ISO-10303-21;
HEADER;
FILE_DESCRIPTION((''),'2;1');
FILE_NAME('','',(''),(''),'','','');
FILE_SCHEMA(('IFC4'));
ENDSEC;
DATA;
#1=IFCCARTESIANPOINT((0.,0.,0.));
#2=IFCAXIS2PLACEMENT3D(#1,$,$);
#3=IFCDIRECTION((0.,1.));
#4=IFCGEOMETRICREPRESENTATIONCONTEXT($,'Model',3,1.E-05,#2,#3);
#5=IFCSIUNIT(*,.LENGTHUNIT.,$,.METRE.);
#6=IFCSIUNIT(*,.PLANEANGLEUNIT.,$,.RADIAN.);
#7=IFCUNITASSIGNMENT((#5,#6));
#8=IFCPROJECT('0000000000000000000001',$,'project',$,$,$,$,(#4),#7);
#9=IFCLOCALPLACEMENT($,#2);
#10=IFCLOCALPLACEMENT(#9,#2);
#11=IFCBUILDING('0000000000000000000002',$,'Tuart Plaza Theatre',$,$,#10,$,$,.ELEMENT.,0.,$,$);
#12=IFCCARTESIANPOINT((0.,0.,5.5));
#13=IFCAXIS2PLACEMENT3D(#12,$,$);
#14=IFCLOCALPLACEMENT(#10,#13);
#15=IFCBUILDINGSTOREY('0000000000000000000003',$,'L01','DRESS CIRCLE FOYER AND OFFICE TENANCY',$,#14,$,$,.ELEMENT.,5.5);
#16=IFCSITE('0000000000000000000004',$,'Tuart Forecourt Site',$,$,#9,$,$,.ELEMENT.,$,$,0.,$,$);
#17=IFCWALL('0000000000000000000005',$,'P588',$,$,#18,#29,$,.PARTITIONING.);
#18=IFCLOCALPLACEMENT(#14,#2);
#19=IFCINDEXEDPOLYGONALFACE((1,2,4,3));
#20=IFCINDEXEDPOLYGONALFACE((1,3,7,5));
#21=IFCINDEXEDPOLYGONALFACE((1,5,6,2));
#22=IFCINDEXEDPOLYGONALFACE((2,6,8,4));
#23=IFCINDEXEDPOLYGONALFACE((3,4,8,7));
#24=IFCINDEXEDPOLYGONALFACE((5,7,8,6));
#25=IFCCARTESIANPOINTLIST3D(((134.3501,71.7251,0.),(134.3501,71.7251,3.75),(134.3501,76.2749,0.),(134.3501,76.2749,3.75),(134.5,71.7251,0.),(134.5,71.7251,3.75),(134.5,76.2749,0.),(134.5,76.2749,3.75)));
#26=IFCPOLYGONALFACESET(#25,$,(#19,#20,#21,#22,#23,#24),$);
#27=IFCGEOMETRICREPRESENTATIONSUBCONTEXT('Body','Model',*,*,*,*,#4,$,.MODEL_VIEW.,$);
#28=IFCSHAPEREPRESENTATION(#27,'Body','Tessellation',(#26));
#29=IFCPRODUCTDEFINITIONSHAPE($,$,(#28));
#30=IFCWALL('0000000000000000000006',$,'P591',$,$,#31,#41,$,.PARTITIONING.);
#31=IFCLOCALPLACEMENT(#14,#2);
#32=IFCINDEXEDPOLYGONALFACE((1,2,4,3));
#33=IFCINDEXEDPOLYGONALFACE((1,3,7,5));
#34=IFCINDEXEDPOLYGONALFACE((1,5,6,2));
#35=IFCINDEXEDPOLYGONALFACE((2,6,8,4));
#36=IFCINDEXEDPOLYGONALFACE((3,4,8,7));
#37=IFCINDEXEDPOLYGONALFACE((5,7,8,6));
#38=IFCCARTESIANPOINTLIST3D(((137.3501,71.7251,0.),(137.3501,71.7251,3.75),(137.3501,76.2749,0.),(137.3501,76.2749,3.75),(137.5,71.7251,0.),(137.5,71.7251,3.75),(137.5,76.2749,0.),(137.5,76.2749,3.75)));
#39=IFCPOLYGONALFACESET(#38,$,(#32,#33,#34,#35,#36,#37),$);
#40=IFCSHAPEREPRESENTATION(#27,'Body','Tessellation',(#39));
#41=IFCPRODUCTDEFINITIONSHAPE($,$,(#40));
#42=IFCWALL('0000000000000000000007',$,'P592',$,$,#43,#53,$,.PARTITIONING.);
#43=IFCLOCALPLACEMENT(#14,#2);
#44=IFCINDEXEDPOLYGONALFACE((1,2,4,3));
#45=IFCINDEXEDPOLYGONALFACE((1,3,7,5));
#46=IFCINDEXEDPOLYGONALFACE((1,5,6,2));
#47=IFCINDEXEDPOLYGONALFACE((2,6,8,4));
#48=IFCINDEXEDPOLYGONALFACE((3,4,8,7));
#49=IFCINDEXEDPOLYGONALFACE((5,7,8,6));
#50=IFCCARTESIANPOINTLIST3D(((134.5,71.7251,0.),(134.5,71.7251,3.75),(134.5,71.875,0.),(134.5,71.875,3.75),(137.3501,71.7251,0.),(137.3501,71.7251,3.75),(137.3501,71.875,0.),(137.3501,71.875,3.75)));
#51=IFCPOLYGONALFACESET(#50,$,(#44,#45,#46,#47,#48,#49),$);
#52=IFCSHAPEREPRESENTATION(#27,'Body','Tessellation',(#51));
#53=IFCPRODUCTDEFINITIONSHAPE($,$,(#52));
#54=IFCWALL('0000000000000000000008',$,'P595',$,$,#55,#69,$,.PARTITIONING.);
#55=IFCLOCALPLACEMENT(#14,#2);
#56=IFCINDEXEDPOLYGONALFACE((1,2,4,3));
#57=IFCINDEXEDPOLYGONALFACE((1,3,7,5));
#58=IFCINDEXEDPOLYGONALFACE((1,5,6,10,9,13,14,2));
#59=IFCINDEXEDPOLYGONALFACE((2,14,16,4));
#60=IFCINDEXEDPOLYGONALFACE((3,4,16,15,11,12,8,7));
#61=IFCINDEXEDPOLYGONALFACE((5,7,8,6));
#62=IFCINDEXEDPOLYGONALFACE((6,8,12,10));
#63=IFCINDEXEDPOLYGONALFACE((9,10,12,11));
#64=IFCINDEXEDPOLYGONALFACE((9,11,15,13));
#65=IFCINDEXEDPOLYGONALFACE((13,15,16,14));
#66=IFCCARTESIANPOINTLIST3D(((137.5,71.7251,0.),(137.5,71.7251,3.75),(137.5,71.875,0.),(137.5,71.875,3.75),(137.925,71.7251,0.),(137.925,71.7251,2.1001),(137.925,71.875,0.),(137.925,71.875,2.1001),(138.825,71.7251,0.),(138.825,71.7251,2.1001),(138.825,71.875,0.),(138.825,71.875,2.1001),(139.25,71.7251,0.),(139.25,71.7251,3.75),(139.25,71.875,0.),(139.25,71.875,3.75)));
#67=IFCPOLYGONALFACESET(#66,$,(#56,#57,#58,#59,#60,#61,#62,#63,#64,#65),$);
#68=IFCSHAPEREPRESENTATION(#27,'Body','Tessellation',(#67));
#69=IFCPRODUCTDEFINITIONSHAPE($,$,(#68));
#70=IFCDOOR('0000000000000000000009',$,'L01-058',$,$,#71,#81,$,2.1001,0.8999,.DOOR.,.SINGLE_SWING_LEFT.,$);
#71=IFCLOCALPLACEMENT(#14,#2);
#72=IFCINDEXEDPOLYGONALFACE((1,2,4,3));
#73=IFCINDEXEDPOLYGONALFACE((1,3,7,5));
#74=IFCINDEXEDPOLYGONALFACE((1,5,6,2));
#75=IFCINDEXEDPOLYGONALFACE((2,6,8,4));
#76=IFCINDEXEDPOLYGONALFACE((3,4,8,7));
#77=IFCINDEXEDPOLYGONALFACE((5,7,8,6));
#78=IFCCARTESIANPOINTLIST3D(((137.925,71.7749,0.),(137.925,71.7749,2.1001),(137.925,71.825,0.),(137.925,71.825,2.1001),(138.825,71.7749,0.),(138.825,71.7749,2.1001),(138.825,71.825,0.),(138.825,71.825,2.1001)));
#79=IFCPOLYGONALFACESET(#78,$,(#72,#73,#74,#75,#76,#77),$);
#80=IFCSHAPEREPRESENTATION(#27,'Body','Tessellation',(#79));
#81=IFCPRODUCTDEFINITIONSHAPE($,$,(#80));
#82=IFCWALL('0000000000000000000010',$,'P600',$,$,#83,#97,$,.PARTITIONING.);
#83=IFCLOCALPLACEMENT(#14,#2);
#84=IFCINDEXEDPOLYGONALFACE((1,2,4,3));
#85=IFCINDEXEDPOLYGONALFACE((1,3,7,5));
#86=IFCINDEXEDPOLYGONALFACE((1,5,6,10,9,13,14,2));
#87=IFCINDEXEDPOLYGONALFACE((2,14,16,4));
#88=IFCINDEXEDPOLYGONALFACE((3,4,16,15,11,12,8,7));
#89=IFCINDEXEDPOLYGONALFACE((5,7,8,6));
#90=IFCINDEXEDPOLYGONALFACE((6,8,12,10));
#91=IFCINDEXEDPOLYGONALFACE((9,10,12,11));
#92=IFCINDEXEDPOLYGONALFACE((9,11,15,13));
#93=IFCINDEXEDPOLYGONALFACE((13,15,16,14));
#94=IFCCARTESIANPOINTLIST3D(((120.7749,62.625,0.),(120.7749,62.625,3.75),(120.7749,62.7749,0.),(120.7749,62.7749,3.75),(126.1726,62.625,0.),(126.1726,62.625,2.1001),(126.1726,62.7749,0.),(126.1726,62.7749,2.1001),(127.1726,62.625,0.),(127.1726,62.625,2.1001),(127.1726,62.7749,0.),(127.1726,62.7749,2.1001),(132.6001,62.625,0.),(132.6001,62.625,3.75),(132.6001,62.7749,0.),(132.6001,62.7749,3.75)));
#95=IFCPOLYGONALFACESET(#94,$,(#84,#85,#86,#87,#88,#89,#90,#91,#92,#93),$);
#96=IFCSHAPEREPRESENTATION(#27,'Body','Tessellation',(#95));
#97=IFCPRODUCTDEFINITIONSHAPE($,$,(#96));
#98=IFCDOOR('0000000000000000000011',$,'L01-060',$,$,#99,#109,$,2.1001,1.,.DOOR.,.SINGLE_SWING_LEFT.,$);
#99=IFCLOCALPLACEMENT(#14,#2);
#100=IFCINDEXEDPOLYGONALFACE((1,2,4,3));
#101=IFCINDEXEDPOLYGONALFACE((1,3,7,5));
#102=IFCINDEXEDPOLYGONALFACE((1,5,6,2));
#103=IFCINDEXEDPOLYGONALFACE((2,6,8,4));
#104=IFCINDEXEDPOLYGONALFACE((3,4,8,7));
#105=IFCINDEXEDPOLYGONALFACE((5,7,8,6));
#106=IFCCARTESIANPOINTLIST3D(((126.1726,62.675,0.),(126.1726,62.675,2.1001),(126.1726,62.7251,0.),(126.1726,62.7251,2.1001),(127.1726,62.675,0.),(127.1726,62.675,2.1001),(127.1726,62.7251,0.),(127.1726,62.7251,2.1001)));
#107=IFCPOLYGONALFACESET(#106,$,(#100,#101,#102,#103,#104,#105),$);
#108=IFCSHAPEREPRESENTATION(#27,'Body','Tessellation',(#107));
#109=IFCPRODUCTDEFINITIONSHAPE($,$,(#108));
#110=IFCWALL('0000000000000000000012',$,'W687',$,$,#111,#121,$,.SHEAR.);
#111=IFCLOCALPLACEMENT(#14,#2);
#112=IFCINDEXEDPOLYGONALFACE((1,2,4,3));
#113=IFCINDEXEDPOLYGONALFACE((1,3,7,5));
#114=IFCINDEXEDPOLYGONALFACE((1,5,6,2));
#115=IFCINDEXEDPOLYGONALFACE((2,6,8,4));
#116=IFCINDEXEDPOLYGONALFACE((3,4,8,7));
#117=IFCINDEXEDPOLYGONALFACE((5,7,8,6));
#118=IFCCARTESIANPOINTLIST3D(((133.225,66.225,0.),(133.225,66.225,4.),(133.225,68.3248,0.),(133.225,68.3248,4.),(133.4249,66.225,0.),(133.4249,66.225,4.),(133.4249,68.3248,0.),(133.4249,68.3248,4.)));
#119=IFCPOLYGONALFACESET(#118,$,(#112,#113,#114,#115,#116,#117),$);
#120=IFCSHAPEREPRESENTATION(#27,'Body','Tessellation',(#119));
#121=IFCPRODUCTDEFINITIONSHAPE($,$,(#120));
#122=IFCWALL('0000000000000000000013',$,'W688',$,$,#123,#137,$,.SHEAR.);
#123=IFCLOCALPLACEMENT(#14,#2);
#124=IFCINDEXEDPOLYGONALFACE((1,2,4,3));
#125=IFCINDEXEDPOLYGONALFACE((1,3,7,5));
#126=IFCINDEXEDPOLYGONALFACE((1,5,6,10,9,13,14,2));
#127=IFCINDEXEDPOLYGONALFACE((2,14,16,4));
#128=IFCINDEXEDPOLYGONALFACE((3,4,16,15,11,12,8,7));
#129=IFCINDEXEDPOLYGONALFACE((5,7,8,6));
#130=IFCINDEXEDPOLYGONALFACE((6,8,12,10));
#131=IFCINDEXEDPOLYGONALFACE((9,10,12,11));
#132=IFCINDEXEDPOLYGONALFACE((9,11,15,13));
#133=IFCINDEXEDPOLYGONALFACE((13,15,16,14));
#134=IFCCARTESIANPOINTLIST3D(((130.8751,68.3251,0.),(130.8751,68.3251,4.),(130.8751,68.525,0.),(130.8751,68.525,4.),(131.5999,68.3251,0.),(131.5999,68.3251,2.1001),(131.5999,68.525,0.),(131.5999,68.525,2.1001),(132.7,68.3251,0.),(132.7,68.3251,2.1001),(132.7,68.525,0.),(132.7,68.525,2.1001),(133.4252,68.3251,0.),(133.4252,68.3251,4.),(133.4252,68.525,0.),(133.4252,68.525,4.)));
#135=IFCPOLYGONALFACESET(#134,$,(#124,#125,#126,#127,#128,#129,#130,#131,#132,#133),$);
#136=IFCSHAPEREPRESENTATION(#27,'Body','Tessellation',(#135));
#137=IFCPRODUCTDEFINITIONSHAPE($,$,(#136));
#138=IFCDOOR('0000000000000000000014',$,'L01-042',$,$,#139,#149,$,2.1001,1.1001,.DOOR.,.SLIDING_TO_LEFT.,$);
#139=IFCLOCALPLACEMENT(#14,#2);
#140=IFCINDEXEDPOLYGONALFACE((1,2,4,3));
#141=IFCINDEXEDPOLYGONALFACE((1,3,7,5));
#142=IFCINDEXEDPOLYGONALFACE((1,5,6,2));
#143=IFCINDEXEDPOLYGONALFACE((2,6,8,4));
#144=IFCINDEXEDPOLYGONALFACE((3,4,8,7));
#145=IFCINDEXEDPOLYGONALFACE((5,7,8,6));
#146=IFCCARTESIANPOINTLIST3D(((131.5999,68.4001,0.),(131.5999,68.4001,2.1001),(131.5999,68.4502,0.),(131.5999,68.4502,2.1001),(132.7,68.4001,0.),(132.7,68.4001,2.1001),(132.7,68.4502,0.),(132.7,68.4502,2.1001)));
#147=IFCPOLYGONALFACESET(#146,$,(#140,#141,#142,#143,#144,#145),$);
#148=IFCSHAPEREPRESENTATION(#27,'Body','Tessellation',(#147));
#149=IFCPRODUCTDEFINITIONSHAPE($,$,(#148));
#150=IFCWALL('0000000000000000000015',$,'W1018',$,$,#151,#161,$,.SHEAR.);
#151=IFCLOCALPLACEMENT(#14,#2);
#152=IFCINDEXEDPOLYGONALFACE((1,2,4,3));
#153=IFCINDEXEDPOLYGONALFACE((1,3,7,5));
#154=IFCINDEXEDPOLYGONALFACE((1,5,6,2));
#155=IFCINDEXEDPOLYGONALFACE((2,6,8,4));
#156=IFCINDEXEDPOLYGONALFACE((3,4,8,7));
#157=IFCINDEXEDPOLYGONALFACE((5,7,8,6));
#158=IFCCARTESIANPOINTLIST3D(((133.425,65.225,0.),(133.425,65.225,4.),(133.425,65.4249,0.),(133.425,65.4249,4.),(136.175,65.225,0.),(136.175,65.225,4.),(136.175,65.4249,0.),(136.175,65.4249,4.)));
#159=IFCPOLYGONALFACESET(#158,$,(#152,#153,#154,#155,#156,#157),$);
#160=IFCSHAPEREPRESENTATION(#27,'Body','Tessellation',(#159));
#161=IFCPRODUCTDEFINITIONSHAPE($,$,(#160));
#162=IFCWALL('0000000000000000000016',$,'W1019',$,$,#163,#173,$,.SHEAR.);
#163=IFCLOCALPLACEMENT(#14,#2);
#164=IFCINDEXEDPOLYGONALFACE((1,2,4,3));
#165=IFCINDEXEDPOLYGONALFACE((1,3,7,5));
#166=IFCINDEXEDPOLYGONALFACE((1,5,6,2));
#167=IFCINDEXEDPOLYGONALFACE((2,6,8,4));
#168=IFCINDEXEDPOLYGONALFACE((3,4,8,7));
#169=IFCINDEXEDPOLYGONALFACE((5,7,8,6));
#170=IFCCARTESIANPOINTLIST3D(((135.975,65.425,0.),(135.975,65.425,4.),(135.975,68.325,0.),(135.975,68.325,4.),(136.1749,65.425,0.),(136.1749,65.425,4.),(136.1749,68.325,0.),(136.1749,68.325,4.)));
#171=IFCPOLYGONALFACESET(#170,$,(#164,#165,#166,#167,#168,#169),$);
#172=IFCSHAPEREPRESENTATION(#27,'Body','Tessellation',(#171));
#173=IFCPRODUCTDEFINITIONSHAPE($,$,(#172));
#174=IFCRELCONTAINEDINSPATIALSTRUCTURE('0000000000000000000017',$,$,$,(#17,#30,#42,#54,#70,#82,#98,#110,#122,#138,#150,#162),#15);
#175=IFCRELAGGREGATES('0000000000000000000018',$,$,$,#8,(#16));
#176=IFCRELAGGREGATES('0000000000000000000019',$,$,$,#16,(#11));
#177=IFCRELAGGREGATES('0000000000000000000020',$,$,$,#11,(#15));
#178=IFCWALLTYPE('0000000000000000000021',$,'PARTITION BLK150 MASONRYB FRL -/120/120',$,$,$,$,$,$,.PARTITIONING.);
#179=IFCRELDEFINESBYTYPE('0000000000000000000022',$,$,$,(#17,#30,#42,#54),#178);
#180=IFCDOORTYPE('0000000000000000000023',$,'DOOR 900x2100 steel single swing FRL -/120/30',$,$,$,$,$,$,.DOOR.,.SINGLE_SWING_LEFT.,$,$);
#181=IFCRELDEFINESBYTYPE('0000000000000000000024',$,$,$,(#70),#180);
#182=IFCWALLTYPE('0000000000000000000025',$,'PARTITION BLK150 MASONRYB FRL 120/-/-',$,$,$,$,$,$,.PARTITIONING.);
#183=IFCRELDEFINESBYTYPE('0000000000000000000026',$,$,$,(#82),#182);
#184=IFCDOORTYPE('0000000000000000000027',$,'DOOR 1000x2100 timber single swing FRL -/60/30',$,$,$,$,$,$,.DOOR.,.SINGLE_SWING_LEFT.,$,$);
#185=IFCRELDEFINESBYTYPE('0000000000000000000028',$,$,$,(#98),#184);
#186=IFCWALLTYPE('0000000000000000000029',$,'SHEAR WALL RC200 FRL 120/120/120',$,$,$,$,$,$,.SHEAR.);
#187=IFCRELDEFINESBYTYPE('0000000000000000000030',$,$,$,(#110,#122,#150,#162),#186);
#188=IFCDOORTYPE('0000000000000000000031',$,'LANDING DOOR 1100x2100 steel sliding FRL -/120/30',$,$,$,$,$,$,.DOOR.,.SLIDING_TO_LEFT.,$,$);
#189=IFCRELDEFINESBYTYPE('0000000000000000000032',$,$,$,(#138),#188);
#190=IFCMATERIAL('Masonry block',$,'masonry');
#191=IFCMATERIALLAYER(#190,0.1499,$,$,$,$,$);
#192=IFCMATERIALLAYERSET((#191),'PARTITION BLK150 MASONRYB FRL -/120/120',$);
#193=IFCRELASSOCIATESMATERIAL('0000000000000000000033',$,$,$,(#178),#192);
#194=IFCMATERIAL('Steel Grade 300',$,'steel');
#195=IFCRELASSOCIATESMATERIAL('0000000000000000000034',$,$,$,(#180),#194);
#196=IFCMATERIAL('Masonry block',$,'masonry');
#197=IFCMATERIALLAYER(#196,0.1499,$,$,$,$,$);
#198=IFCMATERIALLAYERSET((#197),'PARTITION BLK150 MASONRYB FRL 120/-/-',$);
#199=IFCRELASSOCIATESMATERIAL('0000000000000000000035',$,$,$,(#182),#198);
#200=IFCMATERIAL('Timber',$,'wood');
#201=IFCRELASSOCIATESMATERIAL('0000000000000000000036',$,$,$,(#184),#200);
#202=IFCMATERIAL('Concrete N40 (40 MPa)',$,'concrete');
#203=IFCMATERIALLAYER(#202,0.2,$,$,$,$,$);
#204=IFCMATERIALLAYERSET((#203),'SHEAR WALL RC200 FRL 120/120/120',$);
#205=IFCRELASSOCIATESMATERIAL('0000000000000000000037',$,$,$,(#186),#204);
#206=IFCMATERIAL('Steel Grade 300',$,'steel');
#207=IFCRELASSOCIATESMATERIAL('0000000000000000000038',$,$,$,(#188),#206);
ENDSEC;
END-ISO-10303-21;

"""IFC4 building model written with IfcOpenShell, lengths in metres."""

from ifc_helpers import new_model, si_unit, direction, frame, frame_2d, origin, place, context, subcontext, project, spatial, rectangle, extrude, material, layer, layer_set, type_object, element, fill, save


model = new_model("IFC4")

# Units and contexts
model_context = context("Model", 3, precision=1e-05, world=origin(), true_north=direction((0.0, 1.0)))
body_context = subcontext(model_context, "Body", "Model", "MODEL_VIEW")
ifc_project = project(units=[si_unit("LENGTHUNIT", "METRE"), si_unit("PLANEANGLEUNIT", "RADIAN")], contexts=[model_context])

# Site, building, storey
site_placement = place(None, origin())
site = spatial("IfcSite", under=ifc_project, at=site_placement, Name="Tuart Forecourt Site", CompositionType="ELEMENT", RefElevation=0.0)
building_placement = place(site_placement, origin())
building = spatial("IfcBuilding", under=site, at=building_placement, Name="Tuart Plaza Theatre", CompositionType="ELEMENT", ElevationOfRefHeight=0.0)
storey_placement = place(building_placement, frame((0.0, 0.0, 5.5)))
storey = spatial("IfcBuildingStorey", under=building, at=storey_placement, Name="L01", Description="DRESS CIRCLE FOYER AND OFFICE TENANCY", CompositionType="ELEMENT", Elevation=5.5)

# Walls
ifc_material_1 = material(Name="Masonry block", Category="masonry")
ifc_layer_1 = layer(ifc_material_1, 0.1499)
ifc_layer_set_1 = layer_set([ifc_layer_1], Name="PARTITION BLK150 MASONRYB FRL -/120/120")
wall_type_1 = type_object("IfcWallType", Name="PARTITION BLK150 MASONRYB FRL -/120/120", PredefinedType="PARTITIONING", material=ifc_layer_set_1)
for number, where, z_axis, x_axis, name in (
    (1, (134.425, 71.7251, 0.0), (0.0, 0.0, 1.0), (0.0, 1.0, 0.0), "P588"),
    (2, (137.425, 71.7251, 0.0), (0.0, 0.0, 1.0), (0.0, 1.0, 0.0), "P591"),
):
    element("IfcWall", number, at=place(storey_placement, frame(where, z_axis=z_axis, x_axis=x_axis)), inside=storey, type_object=wall_type_1, Name=name, PredefinedType="PARTITIONING", context=body_context, shape_type="SweptSolid", body=[
        extrude(rectangle(XDim=4.5498, YDim=0.1499, at=frame_2d((2.2749, 0.0))), origin(), (0.0, 0.0, 1.0), 3.75),
    ])
wall_1_placement = place(storey_placement, frame((134.5, 71.8, 0.0), z_axis=(0.0, 0.0, 1.0), x_axis=(1.0, 0.0, 0.0)))
element("IfcWall", 3, at=wall_1_placement, inside=storey, type_object=wall_type_1, Name="P592", PredefinedType="PARTITIONING", context=body_context, shape_type="SweptSolid", body=[
    extrude(rectangle(XDim=2.8501, YDim=0.1499, at=frame_2d((1.425, 0.0))), origin(), (0.0, 0.0, 1.0), 3.75),
])

# Walls, openings, doors
wall_2_placement = place(storey_placement, frame((137.5, 71.8, 0.0), z_axis=(0.0, 0.0, 1.0), x_axis=(1.0, 0.0, 0.0)))
wall_2 = element("IfcWall", 4, at=wall_2_placement, inside=storey, type_object=wall_type_1, Name="P595", PredefinedType="PARTITIONING", context=body_context, shape_type="SweptSolid", body=[
    extrude(rectangle(XDim=1.75, YDim=0.1499, at=frame_2d((0.875, 0.0))), origin(), (0.0, 0.0, 1.0), 3.75),
])
opening_1_placement = place(wall_2_placement, frame((0.425, 0.0, 0.0)))
opening_1 = element("IfcOpeningElement", 5, at=opening_1_placement, cuts=wall_2, PredefinedType="OPENING", context=body_context, shape_type="SweptSolid", body=[
    extrude(rectangle(XDim=0.8999, YDim=2.1001, at=frame_2d((0.45, 1.05))), frame((0.0, 0.085, 0.0), z_axis=(0.0, -1.0, 0.0), x_axis=(1.0, 0.0, 0.0)), (0.0, 0.0, 1.0), 0.1699),
])
ifc_material_2 = material(Name="Steel Grade 300", Category="steel")
door_type_1 = type_object("IfcDoorType", Name="DOOR 900x2100 steel single swing FRL -/120/30", OperationType="SINGLE_SWING_LEFT", PredefinedType="DOOR", material=ifc_material_2)
door_1_placement = place(opening_1_placement, origin())
door_1 = element("IfcDoor", 6, at=door_1_placement, inside=storey, type_object=door_type_1, Name="L01-058", OperationType="SINGLE_SWING_LEFT", OverallHeight=2.1001, OverallWidth=0.8999, PredefinedType="DOOR", context=body_context, shape_type="SweptSolid", body=[
    extrude(rectangle(XDim=0.8999, YDim=2.1001, at=frame_2d((0.45, 1.05))), frame((0.0, 0.0249, 0.0), z_axis=(0.0, -1.0, 0.0), x_axis=(1.0, 0.0, 0.0)), (0.0, 0.0, 1.0), 0.05),
])
fill(opening_1, door_1)
ifc_material_3 = material(Name="Masonry block", Category="masonry")
ifc_layer_2 = layer(ifc_material_3, 0.1499)
ifc_layer_set_2 = layer_set([ifc_layer_2], Name="PARTITION BLK150 MASONRYB FRL 120/-/-")
wall_type_2 = type_object("IfcWallType", Name="PARTITION BLK150 MASONRYB FRL 120/-/-", PredefinedType="PARTITIONING", material=ifc_layer_set_2)
wall_3_placement = place(storey_placement, frame((132.6001, 62.7, 0.0), z_axis=(0.0, 0.0, 1.0), x_axis=(-1.0, 0.0, 0.0)))
wall_3 = element("IfcWall", 7, at=wall_3_placement, inside=storey, type_object=wall_type_2, Name="P600", PredefinedType="PARTITIONING", context=body_context, shape_type="SweptSolid", body=[
    extrude(rectangle(XDim=11.8252, YDim=0.1499, at=frame_2d((5.9126, 0.0))), origin(), (0.0, 0.0, 1.0), 3.75),
])
opening_2_placement = place(wall_3_placement, frame((5.4275, 0.0, 0.0)))
opening_2 = element("IfcOpeningElement", 8, at=opening_2_placement, cuts=wall_3, PredefinedType="OPENING", context=body_context, shape_type="SweptSolid", body=[
    extrude(rectangle(XDim=1.0, YDim=2.1001, at=frame_2d((0.5, 1.05))), frame((0.0, 0.085, 0.0), z_axis=(0.0, -1.0, 0.0), x_axis=(1.0, 0.0, 0.0)), (0.0, 0.0, 1.0), 0.1699),
])
ifc_material_4 = material(Name="Timber", Category="wood")
door_type_2 = type_object("IfcDoorType", Name="DOOR 1000x2100 timber single swing FRL -/60/30", OperationType="SINGLE_SWING_LEFT", PredefinedType="DOOR", material=ifc_material_4)
door_2_placement = place(opening_2_placement, origin())
door_2 = element("IfcDoor", 9, at=door_2_placement, inside=storey, type_object=door_type_2, Name="L01-060", OperationType="SINGLE_SWING_LEFT", OverallHeight=2.1001, OverallWidth=1.0, PredefinedType="DOOR", context=body_context, shape_type="SweptSolid", body=[
    extrude(rectangle(XDim=1.0, YDim=2.1001, at=frame_2d((0.5, 1.05))), frame((0.0, 0.0249, 0.0), z_axis=(0.0, -1.0, 0.0), x_axis=(1.0, 0.0, 0.0)), (0.0, 0.0, 1.0), 0.05),
])
fill(opening_2, door_2)

# Wall
ifc_material_5 = material(Name="Concrete N40 (40 MPa)", Category="concrete")
ifc_layer_3 = layer(ifc_material_5, 0.2)
ifc_layer_set_3 = layer_set([ifc_layer_3], Name="SHEAR WALL RC200 FRL 120/120/120")
wall_type_3 = type_object("IfcWallType", Name="SHEAR WALL RC200 FRL 120/120/120", PredefinedType="SHEAR", material=ifc_layer_set_3)
wall_4_placement = place(storey_placement, frame((133.325, 66.2251, 0.0), z_axis=(0.0, 0.0, 1.0), x_axis=(0.0, 1.0, 0.0)))
element("IfcWall", 10, at=wall_4_placement, inside=storey, type_object=wall_type_3, Name="W687", PredefinedType="SHEAR", context=body_context, shape_type="SweptSolid", body=[
    extrude(rectangle(XDim=2.0999, YDim=0.2, at=frame_2d((1.0498, 0.0))), origin(), (0.0, 0.0, 1.0), 4.0),
])

# Wall, opening, door
wall_5_placement = place(storey_placement, frame((133.425, 68.425, 0.0), z_axis=(0.0, 0.0, 1.0), x_axis=(-1.0, 0.0, 0.0)))
wall_5 = element("IfcWall", 11, at=wall_5_placement, inside=storey, type_object=wall_type_3, Name="W688", PredefinedType="SHEAR", context=body_context, shape_type="SweptSolid", body=[
    extrude(rectangle(XDim=2.55, YDim=0.2, at=frame_2d((1.2749, 0.0))), origin(), (0.0, 0.0, 1.0), 4.0),
])
opening_3_placement = place(wall_5_placement, frame((0.7251, 0.0, 0.0)))
opening_3 = element("IfcOpeningElement", 12, at=opening_3_placement, cuts=wall_5, PredefinedType="OPENING", context=body_context, shape_type="SweptSolid", body=[
    extrude(rectangle(XDim=1.1001, YDim=2.1001, at=frame_2d((0.55, 1.05))), frame((0.0, 0.1099, 0.0), z_axis=(0.0, -1.0, 0.0), x_axis=(1.0, 0.0, 0.0)), (0.0, 0.0, 1.0), 0.22),
])
ifc_material_6 = material(Name="Steel Grade 300", Category="steel")
door_type_3 = type_object("IfcDoorType", Name="LANDING DOOR 1100x2100 steel sliding FRL -/120/30", OperationType="SLIDING_TO_LEFT", PredefinedType="DOOR", material=ifc_material_6)
door_3_placement = place(opening_3_placement, origin())
door_3 = element("IfcDoor", 13, at=door_3_placement, inside=storey, type_object=door_type_3, Name="L01-042", OperationType="SLIDING_TO_LEFT", OverallHeight=2.1001, OverallWidth=1.1001, PredefinedType="DOOR", context=body_context, shape_type="SweptSolid", body=[
    extrude(rectangle(XDim=1.1001, YDim=2.1001, at=frame_2d((0.55, 1.05))), frame((0.0, 0.0249, 0.0), z_axis=(0.0, -1.0, 0.0), x_axis=(1.0, 0.0, 0.0)), (0.0, 0.0, 1.0), 0.05),
])
fill(opening_3, door_3)

# Walls
wall_6_placement = place(storey_placement, frame((133.425, 65.325, 0.0), z_axis=(0.0, 0.0, 1.0), x_axis=(1.0, 0.0, 0.0)))
element("IfcWall", 14, at=wall_6_placement, inside=storey, type_object=wall_type_3, Name="W1018", PredefinedType="SHEAR", context=body_context, shape_type="SweptSolid", body=[
    extrude(rectangle(XDim=2.75, YDim=0.2, at=frame_2d((1.375, 0.0))), origin(), (0.0, 0.0, 1.0), 4.0),
])
wall_7_placement = place(storey_placement, frame((136.075, 65.425, 0.0), z_axis=(0.0, 0.0, 1.0), x_axis=(0.0, 1.0, 0.0)))
element("IfcWall", 15, at=wall_7_placement, inside=storey, type_object=wall_type_3, Name="W1019", PredefinedType="SHEAR", context=body_context, shape_type="SweptSolid", body=[
    extrude(rectangle(XDim=2.8999, YDim=0.2, at=frame_2d((1.45, 0.0))), origin(), (0.0, 0.0, 1.0), 4.0),
])

save(model, "model.ifc")
